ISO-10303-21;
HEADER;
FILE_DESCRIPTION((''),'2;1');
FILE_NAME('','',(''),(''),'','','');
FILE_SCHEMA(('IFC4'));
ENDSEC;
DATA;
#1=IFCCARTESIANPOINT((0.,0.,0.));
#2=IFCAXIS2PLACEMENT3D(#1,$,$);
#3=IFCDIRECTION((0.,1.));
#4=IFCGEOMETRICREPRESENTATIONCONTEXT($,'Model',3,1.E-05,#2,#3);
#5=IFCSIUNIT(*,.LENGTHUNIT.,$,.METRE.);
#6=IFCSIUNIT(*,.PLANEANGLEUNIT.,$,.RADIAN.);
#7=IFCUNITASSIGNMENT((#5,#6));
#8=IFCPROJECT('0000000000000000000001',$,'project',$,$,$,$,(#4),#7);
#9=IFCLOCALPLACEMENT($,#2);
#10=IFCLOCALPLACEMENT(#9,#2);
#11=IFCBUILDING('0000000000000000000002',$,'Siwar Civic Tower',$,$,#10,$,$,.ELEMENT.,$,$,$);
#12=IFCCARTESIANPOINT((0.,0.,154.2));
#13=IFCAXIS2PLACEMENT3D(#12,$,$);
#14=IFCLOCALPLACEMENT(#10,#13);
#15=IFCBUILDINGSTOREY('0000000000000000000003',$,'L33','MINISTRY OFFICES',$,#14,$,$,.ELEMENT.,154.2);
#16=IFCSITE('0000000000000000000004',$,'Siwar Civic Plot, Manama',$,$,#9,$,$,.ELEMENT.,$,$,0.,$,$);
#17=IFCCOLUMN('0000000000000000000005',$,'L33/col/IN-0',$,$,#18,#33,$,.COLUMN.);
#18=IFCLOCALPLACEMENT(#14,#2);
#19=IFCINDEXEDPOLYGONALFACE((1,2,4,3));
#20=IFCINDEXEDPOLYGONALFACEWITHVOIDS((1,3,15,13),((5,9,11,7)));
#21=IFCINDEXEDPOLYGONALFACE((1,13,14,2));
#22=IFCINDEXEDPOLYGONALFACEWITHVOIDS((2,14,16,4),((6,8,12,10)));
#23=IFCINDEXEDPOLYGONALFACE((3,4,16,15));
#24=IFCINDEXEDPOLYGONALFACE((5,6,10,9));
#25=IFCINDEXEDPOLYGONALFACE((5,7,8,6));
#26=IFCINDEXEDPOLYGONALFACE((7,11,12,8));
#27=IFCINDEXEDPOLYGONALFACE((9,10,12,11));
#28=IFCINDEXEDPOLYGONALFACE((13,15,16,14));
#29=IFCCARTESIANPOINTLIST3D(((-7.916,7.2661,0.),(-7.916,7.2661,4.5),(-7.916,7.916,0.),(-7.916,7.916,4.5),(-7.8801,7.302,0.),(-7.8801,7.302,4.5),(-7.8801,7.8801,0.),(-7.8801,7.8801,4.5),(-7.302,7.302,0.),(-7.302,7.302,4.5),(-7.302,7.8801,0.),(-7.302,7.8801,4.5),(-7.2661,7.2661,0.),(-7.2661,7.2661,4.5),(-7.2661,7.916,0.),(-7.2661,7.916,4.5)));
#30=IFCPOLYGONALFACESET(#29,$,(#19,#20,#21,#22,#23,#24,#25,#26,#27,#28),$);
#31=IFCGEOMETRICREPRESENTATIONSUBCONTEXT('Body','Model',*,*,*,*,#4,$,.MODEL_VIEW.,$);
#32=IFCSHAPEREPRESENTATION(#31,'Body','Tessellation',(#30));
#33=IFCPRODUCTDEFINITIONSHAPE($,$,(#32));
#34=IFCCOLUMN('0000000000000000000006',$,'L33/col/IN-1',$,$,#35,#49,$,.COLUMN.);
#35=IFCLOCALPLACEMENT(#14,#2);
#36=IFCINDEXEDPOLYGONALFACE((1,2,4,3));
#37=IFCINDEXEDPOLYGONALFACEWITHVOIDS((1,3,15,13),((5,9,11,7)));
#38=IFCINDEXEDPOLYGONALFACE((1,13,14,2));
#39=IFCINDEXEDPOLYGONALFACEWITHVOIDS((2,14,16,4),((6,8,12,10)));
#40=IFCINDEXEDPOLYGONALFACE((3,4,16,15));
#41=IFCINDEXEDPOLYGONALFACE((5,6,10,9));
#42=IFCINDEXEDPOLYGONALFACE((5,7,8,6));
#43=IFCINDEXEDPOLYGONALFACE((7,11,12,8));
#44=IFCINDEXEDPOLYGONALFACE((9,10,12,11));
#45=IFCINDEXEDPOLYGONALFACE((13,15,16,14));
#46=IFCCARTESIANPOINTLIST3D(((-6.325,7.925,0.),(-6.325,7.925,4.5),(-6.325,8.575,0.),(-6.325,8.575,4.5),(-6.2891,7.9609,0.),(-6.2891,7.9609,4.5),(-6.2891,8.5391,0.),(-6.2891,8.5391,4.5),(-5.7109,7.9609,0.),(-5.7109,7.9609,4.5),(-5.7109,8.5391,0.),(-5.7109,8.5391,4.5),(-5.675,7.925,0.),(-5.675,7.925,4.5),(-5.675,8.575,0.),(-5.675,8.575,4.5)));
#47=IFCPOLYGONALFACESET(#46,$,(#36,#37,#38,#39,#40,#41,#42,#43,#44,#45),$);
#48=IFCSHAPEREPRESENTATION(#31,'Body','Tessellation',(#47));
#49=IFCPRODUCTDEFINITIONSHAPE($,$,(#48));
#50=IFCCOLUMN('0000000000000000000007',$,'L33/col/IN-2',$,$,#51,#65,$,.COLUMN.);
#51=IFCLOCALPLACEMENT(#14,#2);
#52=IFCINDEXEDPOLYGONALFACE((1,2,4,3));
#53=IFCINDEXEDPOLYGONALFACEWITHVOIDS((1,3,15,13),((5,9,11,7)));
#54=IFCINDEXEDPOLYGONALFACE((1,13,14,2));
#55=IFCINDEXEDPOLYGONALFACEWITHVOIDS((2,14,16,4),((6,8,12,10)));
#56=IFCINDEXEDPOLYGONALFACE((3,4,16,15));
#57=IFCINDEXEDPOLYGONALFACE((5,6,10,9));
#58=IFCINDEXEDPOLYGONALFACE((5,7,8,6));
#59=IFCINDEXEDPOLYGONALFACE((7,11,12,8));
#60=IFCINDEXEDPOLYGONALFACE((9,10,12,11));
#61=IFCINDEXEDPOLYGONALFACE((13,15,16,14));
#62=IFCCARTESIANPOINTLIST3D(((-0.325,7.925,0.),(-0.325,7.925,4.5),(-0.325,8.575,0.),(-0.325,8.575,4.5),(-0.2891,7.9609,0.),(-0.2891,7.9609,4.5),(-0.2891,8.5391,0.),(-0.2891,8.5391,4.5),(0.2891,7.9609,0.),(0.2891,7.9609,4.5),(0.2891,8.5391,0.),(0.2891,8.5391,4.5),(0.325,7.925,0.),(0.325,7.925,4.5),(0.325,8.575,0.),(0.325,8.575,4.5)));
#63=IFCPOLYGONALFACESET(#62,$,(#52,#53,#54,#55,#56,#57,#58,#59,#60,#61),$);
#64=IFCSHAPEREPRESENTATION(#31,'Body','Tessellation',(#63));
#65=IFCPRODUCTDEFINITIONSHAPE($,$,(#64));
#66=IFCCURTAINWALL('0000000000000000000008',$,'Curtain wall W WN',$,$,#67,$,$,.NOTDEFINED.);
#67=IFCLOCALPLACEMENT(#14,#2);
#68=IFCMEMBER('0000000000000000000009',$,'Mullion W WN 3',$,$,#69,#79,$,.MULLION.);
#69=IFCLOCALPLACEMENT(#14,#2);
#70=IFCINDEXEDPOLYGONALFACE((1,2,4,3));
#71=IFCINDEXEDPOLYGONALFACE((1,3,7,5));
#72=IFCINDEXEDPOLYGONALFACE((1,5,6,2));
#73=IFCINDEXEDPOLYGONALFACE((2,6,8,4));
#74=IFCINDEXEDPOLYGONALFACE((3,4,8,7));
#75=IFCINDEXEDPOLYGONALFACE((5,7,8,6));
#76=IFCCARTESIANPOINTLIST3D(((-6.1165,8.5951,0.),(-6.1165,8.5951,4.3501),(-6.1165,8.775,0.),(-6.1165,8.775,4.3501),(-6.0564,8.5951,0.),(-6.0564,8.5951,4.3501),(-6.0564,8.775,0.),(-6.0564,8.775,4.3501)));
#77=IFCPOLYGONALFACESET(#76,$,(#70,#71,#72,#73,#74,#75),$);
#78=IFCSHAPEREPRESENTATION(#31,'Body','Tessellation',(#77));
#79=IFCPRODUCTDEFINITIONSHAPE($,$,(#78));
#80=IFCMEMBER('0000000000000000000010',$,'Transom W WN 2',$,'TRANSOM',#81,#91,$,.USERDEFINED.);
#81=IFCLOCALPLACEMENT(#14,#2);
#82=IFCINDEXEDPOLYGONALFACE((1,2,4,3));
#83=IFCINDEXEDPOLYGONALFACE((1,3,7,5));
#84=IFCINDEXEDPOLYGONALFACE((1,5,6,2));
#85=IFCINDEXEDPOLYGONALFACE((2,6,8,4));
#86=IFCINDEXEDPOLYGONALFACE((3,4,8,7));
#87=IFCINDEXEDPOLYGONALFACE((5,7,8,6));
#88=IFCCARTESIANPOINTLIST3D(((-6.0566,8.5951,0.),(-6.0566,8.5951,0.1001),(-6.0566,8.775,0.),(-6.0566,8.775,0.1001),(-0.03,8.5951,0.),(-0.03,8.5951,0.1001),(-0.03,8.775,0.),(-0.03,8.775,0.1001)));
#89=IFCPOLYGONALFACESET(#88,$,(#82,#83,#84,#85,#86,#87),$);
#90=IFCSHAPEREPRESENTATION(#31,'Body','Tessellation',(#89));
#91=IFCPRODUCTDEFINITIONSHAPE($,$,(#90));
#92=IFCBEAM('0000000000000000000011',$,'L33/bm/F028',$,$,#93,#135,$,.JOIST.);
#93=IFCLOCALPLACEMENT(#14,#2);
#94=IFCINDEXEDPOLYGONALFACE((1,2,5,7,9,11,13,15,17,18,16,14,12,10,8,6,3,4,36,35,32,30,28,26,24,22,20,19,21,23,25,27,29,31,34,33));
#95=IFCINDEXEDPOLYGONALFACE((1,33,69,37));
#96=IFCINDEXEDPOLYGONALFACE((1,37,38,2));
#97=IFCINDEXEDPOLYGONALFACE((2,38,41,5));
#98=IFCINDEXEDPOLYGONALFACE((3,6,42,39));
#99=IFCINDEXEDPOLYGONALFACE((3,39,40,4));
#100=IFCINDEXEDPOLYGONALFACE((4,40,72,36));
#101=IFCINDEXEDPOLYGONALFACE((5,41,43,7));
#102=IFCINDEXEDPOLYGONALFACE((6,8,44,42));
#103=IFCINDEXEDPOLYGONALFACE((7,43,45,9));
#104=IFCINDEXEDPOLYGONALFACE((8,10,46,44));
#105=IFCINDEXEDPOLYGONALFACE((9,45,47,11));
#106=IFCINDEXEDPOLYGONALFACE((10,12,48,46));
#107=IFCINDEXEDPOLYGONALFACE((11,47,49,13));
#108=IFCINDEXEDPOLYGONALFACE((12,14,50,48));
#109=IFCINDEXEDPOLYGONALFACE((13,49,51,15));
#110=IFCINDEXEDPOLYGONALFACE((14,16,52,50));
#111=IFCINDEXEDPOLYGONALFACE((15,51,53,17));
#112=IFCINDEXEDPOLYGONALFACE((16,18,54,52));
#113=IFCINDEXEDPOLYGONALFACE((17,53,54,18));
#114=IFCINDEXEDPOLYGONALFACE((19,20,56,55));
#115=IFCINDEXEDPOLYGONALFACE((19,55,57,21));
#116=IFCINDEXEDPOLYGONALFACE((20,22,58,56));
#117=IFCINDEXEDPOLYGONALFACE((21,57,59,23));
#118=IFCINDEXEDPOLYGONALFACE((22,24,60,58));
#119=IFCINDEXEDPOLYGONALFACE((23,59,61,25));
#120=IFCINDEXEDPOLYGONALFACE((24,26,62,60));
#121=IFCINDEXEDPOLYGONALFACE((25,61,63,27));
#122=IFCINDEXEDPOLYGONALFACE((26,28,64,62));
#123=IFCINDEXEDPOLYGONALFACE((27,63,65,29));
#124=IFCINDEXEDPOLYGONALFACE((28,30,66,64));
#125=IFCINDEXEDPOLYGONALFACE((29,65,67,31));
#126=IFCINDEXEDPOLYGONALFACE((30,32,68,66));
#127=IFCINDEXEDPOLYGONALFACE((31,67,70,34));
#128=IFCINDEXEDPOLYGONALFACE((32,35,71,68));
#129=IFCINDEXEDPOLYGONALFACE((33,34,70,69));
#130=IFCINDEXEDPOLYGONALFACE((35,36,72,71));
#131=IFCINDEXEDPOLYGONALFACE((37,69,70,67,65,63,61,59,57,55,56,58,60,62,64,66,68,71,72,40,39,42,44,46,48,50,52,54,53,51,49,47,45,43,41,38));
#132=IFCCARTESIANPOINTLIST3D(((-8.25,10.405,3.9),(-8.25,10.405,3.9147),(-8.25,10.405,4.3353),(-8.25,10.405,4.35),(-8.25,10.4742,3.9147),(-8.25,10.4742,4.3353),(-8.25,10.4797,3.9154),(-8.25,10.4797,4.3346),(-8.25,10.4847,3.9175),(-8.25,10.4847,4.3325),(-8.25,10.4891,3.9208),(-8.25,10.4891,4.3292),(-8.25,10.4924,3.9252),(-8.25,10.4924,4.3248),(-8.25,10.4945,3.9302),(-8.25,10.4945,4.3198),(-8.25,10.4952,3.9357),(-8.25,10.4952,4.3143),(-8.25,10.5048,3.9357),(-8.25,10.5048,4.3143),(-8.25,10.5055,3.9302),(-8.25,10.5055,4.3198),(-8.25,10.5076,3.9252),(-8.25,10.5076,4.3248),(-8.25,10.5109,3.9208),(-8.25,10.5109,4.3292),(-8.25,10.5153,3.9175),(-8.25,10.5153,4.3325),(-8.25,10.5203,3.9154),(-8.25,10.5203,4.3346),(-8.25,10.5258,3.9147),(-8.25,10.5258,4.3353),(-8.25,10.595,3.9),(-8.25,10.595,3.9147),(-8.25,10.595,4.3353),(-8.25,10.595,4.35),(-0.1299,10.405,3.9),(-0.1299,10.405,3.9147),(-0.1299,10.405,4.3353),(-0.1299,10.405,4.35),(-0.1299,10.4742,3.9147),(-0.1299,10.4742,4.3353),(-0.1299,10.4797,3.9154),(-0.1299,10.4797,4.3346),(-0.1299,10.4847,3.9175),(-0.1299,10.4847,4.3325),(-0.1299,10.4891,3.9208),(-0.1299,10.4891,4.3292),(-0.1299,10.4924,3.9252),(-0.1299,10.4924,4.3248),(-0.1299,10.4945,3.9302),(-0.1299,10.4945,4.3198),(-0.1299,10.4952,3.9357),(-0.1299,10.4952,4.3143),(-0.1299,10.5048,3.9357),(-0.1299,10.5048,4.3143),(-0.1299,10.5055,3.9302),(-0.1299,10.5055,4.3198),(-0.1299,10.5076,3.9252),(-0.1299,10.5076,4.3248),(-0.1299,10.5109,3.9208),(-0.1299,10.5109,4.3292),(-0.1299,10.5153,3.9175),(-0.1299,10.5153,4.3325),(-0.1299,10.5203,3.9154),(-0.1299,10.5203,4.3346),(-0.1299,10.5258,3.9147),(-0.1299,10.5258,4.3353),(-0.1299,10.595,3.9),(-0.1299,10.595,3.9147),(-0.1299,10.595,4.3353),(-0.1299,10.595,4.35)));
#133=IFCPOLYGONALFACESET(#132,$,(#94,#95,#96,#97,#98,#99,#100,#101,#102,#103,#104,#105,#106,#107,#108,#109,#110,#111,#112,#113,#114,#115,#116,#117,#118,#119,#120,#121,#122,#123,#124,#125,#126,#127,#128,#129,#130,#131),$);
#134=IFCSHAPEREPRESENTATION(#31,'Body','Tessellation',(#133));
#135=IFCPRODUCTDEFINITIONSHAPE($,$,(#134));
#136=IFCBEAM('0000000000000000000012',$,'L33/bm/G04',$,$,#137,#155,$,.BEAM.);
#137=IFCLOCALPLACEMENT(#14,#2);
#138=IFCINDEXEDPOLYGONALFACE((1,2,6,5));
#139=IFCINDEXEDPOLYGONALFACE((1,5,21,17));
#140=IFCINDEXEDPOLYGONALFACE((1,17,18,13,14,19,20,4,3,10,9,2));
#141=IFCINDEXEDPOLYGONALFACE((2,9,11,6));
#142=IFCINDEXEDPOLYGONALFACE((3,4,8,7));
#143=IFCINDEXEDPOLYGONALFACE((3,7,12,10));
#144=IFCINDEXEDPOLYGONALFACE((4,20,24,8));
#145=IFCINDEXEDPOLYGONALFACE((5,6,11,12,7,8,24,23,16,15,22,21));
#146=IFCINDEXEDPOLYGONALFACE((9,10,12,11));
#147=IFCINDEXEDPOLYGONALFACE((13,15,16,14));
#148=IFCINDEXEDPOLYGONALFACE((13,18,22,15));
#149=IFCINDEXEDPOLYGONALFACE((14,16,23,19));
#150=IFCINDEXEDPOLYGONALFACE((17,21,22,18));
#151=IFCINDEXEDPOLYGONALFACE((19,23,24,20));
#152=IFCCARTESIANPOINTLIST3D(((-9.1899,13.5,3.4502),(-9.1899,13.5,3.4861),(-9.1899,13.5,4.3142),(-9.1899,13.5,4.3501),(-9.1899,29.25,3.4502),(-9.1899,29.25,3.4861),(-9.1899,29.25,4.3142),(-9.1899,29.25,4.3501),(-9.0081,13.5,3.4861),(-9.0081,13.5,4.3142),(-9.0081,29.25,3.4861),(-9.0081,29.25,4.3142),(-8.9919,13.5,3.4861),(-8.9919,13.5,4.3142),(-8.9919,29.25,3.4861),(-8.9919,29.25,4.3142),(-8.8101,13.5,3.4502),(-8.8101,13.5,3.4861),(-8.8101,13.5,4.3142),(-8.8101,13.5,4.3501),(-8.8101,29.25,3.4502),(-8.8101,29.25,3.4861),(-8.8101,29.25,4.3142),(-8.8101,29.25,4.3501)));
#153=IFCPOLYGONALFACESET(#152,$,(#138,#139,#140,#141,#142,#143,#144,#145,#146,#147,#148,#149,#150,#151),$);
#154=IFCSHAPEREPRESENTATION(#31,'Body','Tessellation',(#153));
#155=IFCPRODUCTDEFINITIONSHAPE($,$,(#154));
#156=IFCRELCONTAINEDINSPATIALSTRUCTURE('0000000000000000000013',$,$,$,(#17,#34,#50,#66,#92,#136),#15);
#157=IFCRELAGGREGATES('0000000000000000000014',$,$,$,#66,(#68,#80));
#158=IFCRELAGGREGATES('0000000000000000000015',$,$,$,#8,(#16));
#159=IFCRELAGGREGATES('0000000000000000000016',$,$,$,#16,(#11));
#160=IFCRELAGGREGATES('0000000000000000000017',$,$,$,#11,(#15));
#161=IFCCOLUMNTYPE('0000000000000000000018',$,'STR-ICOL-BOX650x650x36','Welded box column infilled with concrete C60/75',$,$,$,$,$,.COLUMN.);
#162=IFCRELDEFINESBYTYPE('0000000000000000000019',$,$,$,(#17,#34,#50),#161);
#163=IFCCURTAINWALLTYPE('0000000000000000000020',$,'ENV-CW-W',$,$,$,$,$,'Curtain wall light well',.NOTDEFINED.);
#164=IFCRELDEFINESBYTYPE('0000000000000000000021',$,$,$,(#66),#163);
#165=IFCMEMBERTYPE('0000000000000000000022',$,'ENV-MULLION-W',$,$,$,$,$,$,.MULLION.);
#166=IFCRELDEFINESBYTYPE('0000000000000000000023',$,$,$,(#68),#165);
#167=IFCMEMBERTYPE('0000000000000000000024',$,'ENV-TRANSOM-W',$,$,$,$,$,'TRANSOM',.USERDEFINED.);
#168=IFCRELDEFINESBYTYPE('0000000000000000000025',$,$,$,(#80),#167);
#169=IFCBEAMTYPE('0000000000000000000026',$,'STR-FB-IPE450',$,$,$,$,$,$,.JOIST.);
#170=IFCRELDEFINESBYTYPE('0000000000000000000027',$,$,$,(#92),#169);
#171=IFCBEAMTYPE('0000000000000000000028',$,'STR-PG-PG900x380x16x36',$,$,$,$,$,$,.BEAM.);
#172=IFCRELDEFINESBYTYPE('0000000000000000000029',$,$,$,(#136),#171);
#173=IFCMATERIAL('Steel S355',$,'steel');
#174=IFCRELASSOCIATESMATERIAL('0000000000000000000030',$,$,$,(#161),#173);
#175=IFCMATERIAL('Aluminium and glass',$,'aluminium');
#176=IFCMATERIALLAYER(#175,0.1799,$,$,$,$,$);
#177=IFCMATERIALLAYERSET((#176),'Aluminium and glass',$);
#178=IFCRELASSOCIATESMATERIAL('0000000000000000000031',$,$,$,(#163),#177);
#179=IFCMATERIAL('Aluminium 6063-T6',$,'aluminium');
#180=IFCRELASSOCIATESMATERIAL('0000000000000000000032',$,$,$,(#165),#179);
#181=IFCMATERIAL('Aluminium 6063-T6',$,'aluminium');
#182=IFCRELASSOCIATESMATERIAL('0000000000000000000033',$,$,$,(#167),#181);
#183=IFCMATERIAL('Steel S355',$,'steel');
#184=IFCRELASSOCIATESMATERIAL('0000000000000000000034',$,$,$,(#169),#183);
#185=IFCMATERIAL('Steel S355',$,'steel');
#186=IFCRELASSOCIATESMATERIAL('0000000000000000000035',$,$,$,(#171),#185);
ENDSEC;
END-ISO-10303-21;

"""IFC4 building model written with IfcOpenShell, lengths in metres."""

from ifc_helpers import new_model, si_unit, direction, frame, origin, origin_2d, place, context, subcontext, project, spatial, rectangle, hollow_rectangle, i_section, extrude, material, layer, layer_set, material_profile, profile_set, type_object, element, aggregate, save


model = new_model("IFC4")

# Units and contexts
model_context = context("Model", 3, precision=1e-05, world=origin(), true_north=direction((0.0, 1.0)))
body_context = subcontext(model_context, "Body", "Model", "MODEL_VIEW")
ifc_project = project(units=[si_unit("LENGTHUNIT", "METRE"), si_unit("PLANEANGLEUNIT", "RADIAN")], contexts=[model_context])

# Site, building, storey
site_placement = place(None, origin())
site = spatial("IfcSite", under=ifc_project, at=site_placement, Name="Siwar Civic Plot, Manama", CompositionType="ELEMENT", RefElevation=0.0)
building_placement = place(site_placement, origin())
building = spatial("IfcBuilding", under=site, at=building_placement, Name="Siwar Civic Tower", CompositionType="ELEMENT")
storey_placement = place(building_placement, frame((0.0, 0.0, 154.2)))
storey = spatial("IfcBuildingStorey", under=building, at=storey_placement, Name="L33", Description="MINISTRY OFFICES", CompositionType="ELEMENT", Elevation=154.2)

# Columns
ifc_material_1 = material(Name="Steel S355", Category="steel")
ifc_material_profile_1 = material_profile(ifc_material_1, hollow_rectangle(XDim=0.6499, YDim=0.6499, WallThickness=0.0359, at=origin_2d()), Name="BOX650x650x36")
ifc_profile_set_1 = profile_set([ifc_material_profile_1], Name="Steel S355")
column_type = type_object("IfcColumnType", Name="STR-ICOL-BOX650x650x36", Description="Welded box column infilled with concrete C60/75", PredefinedType="COLUMN", material=ifc_profile_set_1)
for number, where, z_axis, x_axis, name in (
    (1, (-7.5911, 7.5911, 0.0), (0.0, 0.0, 1.0), (1.0, 0.0, 0.0), "L33/col/IN-0"),
    (2, (-6.0, 8.25, 0.0), (0.0, 0.0, 1.0), (1.0, 0.0, 0.0), "L33/col/IN-1"),
    (3, (0.0, 8.25, 0.0), (0.0, 0.0, 1.0), (1.0, 0.0, 0.0), "L33/col/IN-2"),
):
    element("IfcColumn", number, at=place(storey_placement, frame(where, z_axis=z_axis, x_axis=x_axis)), inside=storey, type_object=column_type, Name=name, PredefinedType="COLUMN", context=body_context, shape_type="SweptSolid", body=[
        extrude(hollow_rectangle(XDim=0.6499, YDim=0.6499, WallThickness=0.0359, at=origin_2d()), origin(), (0.0, 0.0, 1.0), 4.5),
    ])

# Curtain wall, members
ifc_material_2 = material(Name="Aluminium and glass", Category="aluminium")
ifc_layer_1 = layer(ifc_material_2, 0.1799)
ifc_layer_set_1 = layer_set([ifc_layer_1], Name="Aluminium and glass")
curtain_wall_type = type_object("IfcCurtainWallType", Name="ENV-CW-W", ElementType="Curtain wall light well", PredefinedType="NOTDEFINED", material=ifc_layer_set_1)
curtain_wall_placement = place(storey_placement, origin())
curtain_wall = element("IfcCurtainWall", 4, at=curtain_wall_placement, inside=storey, type_object=curtain_wall_type, Name="Curtain wall W WN", PredefinedType="NOTDEFINED")
ifc_material_3 = material(Name="Aluminium 6063-T6", Category="aluminium")
ifc_material_profile_2 = material_profile(ifc_material_3, rectangle(XDim=0.1799, YDim=0.0601, at=origin_2d()), Name="AL 180x60")
ifc_profile_set_2 = profile_set([ifc_material_profile_2], Name="Aluminium 6063-T6")
member_type_1 = type_object("IfcMemberType", Name="ENV-MULLION-W", PredefinedType="MULLION", material=ifc_profile_set_2)
member_1_placement = place(storey_placement, frame((-6.0864, 8.6851, 0.0), z_axis=(0.0, 0.0, 1.0), x_axis=(0.0, -1.0, 0.0)))
member_1 = element("IfcMember", 5, at=member_1_placement, type_object=member_type_1, Name="Mullion W WN 3", PredefinedType="MULLION", context=body_context, shape_type="SweptSolid", body=[
    extrude(rectangle(XDim=0.1799, YDim=0.0601, at=origin_2d()), origin(), (0.0, 0.0, 1.0), 4.3501),
])
ifc_material_4 = material(Name="Aluminium 6063-T6", Category="aluminium")
ifc_material_profile_3 = material_profile(ifc_material_4, rectangle(XDim=0.1799, YDim=0.1001, at=origin_2d()), Name="AL 180x100")
ifc_profile_set_3 = profile_set([ifc_material_profile_3], Name="Aluminium 6063-T6")
member_type_2 = type_object("IfcMemberType", Name="ENV-TRANSOM-W", ElementType="TRANSOM", PredefinedType="USERDEFINED", material=ifc_profile_set_3)
member_2_placement = place(storey_placement, frame((-0.03, 8.6851, 0.05), z_axis=(-1.0, 0.0, 0.0), x_axis=(0.0, -1.0, 0.0)))
member_2 = element("IfcMember", 6, at=member_2_placement, type_object=member_type_2, Name="Transom W WN 2", ObjectType="TRANSOM", PredefinedType="USERDEFINED", context=body_context, shape_type="SweptSolid", body=[
    extrude(rectangle(XDim=0.1799, YDim=0.1001, at=origin_2d()), origin(), (0.0, 0.0, 1.0), 6.0266),
])

# Beams
ifc_material_5 = material(Name="Steel S355", Category="steel")
ifc_material_profile_4 = material_profile(ifc_material_5, i_section(OverallWidth=0.1899, OverallDepth=0.45, WebThickness=0.0095, FlangeThickness=0.0146, FilletRadius=0.021, at=origin_2d()), Name="IPE450")
ifc_profile_set_4 = profile_set([ifc_material_profile_4], Name="Steel S355")
beam_type_1 = type_object("IfcBeamType", Name="STR-FB-IPE450", PredefinedType="JOIST", material=ifc_profile_set_4)
beam_1_placement = place(storey_placement, frame((-8.25, 10.5, 4.125), z_axis=(1.0, 0.0, 0.0), x_axis=(0.0, 1.0, 0.0)))
element("IfcBeam", 7, at=beam_1_placement, inside=storey, type_object=beam_type_1, Name="L33/bm/F028", PredefinedType="JOIST", context=body_context, shape_type="SweptSolid", body=[
    extrude(i_section(OverallWidth=0.1899, OverallDepth=0.45, WebThickness=0.0095, FlangeThickness=0.0146, FilletRadius=0.021, at=origin_2d()), origin(), (0.0, 0.0, 1.0), 8.1201),
])
ifc_material_6 = material(Name="Steel S355", Category="steel")
ifc_material_profile_5 = material_profile(ifc_material_6, i_section(OverallWidth=0.3799, OverallDepth=0.8999, WebThickness=0.0161, FlangeThickness=0.0359, at=origin_2d()), Name="PG900x380x16x36")
ifc_profile_set_5 = profile_set([ifc_material_profile_5], Name="Steel S355")
beam_type_2 = type_object("IfcBeamType", Name="STR-PG-PG900x380x16x36", PredefinedType="BEAM", material=ifc_profile_set_5)
beam_2_placement = place(storey_placement, frame((-9.0, 13.5, 3.9001), z_axis=(0.0, 1.0, 0.0), x_axis=(-1.0, 0.0, 0.0)))
element("IfcBeam", 8, at=beam_2_placement, inside=storey, type_object=beam_type_2, Name="L33/bm/G04", PredefinedType="BEAM", context=body_context, shape_type="SweptSolid", body=[
    extrude(i_section(OverallWidth=0.3799, OverallDepth=0.8999, WebThickness=0.0161, FlangeThickness=0.0359, at=origin_2d()), origin(), (0.0, 0.0, 1.0), 15.75),
])

aggregate(curtain_wall, [member_1, member_2])

save(model, "model.ifc")
